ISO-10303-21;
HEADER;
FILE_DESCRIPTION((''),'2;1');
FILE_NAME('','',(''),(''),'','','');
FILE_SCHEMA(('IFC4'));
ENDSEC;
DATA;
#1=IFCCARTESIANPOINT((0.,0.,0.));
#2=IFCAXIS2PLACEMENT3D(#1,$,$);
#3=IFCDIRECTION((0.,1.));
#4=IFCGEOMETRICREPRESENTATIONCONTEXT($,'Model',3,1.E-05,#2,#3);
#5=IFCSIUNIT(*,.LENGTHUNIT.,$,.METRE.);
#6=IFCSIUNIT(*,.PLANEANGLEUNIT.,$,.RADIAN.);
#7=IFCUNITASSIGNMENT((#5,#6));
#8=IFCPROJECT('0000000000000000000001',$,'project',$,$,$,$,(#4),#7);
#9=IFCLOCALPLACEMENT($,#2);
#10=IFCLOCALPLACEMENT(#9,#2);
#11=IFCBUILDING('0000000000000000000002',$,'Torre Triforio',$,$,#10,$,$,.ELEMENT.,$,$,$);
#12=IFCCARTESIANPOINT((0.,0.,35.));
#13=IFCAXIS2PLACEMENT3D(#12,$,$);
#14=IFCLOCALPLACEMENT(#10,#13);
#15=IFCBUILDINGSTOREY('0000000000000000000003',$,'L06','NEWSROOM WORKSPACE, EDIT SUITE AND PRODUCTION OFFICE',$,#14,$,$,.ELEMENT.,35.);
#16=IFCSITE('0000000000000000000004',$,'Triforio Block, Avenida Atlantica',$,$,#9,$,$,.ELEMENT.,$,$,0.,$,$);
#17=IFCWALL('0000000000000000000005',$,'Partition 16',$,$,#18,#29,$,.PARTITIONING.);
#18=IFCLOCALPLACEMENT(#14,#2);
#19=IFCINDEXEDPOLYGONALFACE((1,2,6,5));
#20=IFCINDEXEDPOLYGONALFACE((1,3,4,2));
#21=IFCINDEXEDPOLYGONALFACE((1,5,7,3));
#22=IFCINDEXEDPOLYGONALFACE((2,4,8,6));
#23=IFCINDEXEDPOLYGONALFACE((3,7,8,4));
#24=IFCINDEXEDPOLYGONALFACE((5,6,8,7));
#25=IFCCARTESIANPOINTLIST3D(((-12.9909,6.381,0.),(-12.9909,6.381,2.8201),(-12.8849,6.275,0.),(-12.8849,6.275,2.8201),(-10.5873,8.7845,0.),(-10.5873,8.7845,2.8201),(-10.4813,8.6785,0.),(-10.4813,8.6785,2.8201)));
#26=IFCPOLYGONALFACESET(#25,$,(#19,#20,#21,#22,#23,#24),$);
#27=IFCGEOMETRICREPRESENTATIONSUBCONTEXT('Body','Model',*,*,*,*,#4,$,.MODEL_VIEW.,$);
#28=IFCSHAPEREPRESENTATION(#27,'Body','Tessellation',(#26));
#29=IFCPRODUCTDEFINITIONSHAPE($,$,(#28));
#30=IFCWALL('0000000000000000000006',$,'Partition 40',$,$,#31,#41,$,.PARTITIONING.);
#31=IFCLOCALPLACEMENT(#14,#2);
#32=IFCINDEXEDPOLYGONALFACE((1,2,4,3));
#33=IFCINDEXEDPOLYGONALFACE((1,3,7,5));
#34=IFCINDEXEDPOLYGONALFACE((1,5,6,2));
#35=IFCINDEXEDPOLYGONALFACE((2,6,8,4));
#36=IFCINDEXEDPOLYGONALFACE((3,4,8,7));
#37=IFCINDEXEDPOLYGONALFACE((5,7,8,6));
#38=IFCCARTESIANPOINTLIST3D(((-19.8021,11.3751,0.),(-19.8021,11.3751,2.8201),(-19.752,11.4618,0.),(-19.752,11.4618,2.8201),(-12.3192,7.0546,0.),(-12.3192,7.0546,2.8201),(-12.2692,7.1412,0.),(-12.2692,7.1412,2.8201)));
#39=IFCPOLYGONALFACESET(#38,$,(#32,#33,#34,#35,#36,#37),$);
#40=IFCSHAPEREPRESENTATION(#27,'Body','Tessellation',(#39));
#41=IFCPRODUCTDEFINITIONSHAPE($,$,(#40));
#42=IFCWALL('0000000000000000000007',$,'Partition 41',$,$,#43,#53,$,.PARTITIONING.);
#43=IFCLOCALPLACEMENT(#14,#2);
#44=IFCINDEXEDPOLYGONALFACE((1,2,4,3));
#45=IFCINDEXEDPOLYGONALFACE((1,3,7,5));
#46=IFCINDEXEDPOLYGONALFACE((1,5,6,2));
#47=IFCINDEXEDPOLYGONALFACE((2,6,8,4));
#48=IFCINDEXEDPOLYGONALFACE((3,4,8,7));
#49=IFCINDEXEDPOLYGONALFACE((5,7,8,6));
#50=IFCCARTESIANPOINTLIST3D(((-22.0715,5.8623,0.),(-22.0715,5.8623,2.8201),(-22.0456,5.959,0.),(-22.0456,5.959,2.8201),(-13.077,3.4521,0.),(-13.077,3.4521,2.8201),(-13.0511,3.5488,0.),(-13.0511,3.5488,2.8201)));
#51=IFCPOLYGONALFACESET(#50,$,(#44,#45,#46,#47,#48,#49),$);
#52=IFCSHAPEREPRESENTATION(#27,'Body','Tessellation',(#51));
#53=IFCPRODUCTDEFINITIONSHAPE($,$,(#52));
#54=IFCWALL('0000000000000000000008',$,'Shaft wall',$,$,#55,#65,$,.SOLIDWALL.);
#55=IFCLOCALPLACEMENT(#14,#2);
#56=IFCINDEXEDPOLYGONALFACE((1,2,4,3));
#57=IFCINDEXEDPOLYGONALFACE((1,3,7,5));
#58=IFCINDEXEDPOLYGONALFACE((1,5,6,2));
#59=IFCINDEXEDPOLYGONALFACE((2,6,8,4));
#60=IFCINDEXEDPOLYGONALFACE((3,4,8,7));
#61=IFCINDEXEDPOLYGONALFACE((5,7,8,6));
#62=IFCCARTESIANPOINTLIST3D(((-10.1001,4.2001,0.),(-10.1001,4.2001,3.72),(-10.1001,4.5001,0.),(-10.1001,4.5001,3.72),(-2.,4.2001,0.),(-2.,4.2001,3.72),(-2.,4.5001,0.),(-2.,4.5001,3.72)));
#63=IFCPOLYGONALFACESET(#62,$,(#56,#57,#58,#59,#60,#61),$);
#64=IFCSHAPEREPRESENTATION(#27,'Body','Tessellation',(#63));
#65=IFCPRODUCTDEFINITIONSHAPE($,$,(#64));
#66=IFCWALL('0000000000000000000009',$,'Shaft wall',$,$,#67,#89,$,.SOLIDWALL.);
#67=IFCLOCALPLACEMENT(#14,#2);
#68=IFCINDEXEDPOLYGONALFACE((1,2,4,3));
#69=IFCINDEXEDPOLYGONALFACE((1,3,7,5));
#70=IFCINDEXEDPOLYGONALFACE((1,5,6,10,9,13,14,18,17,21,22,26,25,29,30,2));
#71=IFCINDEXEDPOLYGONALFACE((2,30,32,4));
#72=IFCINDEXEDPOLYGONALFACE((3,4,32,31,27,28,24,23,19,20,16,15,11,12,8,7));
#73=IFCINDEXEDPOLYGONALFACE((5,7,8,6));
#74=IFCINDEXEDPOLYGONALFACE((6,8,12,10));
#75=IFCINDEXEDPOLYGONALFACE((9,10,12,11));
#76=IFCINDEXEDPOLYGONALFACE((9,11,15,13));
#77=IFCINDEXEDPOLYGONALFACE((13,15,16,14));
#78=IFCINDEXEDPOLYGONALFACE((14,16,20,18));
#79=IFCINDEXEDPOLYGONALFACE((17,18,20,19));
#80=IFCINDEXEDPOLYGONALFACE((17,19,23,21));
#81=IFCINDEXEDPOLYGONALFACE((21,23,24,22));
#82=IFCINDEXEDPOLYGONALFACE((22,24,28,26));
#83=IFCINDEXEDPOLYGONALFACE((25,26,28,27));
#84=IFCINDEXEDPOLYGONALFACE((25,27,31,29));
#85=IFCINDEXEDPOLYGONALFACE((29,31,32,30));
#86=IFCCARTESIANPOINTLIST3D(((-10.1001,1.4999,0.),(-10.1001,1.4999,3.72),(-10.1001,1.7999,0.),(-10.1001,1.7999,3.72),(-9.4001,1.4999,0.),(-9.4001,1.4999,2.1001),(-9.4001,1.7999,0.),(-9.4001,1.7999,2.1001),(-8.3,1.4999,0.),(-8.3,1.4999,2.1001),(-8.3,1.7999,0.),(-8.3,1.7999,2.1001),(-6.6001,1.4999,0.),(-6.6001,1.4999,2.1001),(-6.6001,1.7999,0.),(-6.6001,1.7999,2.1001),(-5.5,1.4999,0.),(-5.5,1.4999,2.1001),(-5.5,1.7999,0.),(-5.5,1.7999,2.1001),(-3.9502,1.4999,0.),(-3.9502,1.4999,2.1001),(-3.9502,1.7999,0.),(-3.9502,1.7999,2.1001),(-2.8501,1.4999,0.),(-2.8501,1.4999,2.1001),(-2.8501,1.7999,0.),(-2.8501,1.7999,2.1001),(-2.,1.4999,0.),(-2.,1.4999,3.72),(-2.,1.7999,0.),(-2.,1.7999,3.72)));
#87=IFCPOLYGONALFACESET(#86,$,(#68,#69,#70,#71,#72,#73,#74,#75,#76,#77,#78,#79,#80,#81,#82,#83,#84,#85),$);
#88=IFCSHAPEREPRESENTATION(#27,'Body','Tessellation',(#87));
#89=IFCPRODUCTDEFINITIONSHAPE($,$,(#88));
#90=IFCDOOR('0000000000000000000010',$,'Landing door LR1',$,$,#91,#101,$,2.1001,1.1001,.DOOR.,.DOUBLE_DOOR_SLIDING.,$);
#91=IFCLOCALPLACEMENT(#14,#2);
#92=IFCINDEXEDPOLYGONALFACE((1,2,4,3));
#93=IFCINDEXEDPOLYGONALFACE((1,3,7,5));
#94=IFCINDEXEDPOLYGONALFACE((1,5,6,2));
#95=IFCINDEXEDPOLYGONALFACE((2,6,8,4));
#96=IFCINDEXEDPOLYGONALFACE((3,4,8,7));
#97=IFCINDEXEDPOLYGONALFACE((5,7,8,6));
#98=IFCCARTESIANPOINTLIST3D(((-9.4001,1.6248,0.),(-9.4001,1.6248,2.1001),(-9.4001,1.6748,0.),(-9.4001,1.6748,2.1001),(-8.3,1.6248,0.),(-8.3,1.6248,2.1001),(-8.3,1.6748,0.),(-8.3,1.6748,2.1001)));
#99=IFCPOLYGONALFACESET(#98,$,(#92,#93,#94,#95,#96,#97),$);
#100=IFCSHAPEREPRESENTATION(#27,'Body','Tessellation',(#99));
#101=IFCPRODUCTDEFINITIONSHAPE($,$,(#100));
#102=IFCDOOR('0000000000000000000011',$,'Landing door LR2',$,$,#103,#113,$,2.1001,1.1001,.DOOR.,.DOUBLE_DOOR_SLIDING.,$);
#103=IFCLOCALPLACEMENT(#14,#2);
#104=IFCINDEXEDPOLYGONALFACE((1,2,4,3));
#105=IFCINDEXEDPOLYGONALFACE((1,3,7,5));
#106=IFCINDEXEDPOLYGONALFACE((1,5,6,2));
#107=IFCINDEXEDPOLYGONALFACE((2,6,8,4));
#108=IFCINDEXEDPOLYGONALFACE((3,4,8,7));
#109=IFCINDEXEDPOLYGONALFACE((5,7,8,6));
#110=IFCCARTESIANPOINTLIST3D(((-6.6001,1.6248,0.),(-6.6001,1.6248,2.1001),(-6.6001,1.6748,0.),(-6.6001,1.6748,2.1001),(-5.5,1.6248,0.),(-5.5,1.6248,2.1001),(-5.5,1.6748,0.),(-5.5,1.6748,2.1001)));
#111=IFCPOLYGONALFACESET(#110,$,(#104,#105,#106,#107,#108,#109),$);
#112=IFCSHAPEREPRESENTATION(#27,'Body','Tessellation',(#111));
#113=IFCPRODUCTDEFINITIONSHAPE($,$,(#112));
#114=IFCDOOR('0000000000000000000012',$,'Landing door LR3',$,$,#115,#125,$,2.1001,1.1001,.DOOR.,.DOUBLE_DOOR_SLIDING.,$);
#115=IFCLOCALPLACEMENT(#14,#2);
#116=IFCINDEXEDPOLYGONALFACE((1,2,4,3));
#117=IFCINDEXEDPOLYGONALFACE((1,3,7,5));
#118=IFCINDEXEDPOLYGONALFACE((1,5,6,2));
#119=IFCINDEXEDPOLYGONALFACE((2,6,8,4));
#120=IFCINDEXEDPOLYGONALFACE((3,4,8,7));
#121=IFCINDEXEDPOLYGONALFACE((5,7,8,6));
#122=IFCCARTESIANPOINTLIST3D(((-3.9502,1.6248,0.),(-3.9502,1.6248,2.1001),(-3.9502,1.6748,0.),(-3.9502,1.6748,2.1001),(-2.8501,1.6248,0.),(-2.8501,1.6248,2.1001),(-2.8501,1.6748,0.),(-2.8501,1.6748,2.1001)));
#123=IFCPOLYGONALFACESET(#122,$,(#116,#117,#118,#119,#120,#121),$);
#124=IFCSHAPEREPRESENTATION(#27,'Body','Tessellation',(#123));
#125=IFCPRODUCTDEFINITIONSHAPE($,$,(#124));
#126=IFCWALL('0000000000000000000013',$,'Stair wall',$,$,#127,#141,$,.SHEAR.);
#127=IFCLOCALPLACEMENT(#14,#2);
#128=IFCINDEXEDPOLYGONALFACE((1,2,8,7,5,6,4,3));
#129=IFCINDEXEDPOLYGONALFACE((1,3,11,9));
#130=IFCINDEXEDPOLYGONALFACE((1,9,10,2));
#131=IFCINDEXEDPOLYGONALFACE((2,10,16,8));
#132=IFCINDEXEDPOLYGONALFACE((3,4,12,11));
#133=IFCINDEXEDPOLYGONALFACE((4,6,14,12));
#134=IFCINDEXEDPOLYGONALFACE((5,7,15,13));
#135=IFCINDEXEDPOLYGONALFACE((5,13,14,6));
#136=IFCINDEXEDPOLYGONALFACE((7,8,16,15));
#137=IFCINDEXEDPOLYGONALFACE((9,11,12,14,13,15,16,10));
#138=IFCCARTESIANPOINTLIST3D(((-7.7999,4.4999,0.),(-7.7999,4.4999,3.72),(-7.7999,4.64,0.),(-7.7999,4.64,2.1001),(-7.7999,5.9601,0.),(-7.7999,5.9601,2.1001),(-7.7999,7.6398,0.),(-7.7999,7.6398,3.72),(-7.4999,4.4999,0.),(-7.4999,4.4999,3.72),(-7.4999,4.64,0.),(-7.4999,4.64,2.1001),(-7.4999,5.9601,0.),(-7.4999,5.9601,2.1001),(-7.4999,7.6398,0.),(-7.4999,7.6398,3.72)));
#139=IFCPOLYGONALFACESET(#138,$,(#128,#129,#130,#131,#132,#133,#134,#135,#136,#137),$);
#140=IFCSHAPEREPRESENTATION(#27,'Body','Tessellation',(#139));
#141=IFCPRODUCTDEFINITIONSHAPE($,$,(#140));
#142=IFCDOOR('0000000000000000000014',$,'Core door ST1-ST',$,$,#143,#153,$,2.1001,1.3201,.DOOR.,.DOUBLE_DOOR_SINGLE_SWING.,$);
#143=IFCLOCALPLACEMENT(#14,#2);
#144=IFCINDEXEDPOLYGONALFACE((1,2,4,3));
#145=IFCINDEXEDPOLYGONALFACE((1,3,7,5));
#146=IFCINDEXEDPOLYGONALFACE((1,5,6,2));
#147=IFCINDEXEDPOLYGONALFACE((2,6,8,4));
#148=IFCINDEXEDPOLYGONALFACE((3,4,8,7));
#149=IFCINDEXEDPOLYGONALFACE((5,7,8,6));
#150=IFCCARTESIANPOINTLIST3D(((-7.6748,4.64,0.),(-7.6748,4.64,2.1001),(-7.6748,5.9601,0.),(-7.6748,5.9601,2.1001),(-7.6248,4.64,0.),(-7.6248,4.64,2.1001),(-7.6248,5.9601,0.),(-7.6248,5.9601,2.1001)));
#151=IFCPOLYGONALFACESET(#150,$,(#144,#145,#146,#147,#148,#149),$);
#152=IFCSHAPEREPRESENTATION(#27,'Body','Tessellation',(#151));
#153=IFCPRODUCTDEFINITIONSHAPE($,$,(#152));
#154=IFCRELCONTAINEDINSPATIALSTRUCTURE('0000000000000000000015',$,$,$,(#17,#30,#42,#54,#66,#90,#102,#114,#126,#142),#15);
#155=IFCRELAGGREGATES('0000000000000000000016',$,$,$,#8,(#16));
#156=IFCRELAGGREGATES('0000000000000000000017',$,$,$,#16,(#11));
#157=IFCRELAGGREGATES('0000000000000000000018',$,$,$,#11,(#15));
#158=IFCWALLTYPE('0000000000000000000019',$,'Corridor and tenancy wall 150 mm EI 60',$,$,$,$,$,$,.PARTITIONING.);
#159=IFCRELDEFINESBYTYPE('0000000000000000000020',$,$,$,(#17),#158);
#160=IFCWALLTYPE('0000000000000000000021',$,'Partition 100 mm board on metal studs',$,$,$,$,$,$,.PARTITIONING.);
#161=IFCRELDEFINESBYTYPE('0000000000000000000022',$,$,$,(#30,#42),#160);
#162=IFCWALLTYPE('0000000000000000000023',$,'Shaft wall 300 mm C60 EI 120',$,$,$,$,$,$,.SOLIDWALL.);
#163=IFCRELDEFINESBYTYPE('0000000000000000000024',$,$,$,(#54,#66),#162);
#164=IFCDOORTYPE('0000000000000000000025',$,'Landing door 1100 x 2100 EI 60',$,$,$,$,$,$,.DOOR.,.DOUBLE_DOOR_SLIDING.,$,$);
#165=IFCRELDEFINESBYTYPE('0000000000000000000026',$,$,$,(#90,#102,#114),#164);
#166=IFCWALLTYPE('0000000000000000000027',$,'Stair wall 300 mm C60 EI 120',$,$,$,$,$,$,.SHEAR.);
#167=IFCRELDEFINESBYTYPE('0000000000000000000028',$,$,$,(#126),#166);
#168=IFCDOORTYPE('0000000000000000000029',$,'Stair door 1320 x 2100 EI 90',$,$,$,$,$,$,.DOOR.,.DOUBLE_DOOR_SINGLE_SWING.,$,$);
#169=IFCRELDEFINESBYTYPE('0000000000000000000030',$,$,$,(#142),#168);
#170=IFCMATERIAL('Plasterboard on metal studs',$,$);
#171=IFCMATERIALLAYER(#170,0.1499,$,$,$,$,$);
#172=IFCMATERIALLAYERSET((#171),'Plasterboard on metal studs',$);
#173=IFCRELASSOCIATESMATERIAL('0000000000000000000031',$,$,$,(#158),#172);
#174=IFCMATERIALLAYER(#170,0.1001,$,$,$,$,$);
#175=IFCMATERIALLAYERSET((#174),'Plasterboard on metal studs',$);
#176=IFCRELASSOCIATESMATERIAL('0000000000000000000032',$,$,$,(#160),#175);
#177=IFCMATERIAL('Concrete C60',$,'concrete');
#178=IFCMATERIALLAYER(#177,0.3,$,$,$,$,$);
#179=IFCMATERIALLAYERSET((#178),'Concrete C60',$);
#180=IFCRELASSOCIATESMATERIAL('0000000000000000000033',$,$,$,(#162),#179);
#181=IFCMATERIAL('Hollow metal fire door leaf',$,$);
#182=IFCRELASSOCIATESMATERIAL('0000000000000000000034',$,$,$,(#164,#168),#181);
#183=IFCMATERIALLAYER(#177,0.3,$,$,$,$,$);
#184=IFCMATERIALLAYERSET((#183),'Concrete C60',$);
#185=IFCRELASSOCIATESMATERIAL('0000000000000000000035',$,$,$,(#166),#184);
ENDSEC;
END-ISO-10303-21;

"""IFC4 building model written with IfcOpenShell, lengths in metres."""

from ifc_helpers import new_model, si_unit, direction, frame, frame_2d, origin, place, context, subcontext, project, spatial, rectangle, extrude, material, layer, layer_set, type_object, element, fill, save


model = new_model("IFC4")

# Units and contexts
model_context = context("Model", 3, precision=1e-05, world=origin(), true_north=direction((0.0, 1.0)))
body_context = subcontext(model_context, "Body", "Model", "MODEL_VIEW")
ifc_project = project(units=[si_unit("LENGTHUNIT", "METRE"), si_unit("PLANEANGLEUNIT", "RADIAN")], contexts=[model_context])

# Site, building, storey
site_placement = place(None, origin())
site = spatial("IfcSite", under=ifc_project, at=site_placement, Name="Triforio Block, Avenida Atlantica", CompositionType="ELEMENT", RefElevation=0.0)
building_placement = place(site_placement, origin())
building = spatial("IfcBuilding", under=site, at=building_placement, Name="Torre Triforio", CompositionType="ELEMENT")
storey_placement = place(building_placement, frame((0.0, 0.0, 35.0)))
storey = spatial("IfcBuildingStorey", under=building, at=storey_placement, Name="L06", Description="NEWSROOM WORKSPACE, EDIT SUITE AND PRODUCTION OFFICE", CompositionType="ELEMENT", Elevation=35.0)

# Shared definitions
ifc_material_1 = material(Name="Concrete C60", Category="concrete")
ifc_material_2 = material(Name="Hollow metal fire door leaf")
ifc_material_3 = material(Name="Plasterboard on metal studs")
ifc_layer_1 = layer(ifc_material_3, 0.1499)
ifc_layer_set_1 = layer_set([ifc_layer_1], Name="Plasterboard on metal studs")
wall_type_1 = type_object("IfcWallType", Name="Corridor and tenancy wall 150 mm EI 60", PredefinedType="PARTITIONING", material=ifc_layer_set_1)

# Walls
wall_1_placement = place(storey_placement, frame((-12.938, 6.3279, 0.0), z_axis=(0.0, 0.0, 1.0), x_axis=(0.707107, 0.707107, 0.0)))
element("IfcWall", 1, at=wall_1_placement, inside=storey, type_object=wall_type_1, Name="Partition 16", PredefinedType="PARTITIONING", context=body_context, shape_type="SweptSolid", body=[
    extrude(rectangle(XDim=3.3992, YDim=0.1499, at=frame_2d((1.6997, 0.0))), origin(), (0.0, 0.0, 1.0), 2.8201),
])
ifc_layer_2 = layer(ifc_material_3, 0.1001)
ifc_layer_set_2 = layer_set([ifc_layer_2], Name="Plasterboard on metal studs")
wall_type_2 = type_object("IfcWallType", Name="Partition 100 mm board on metal studs", PredefinedType="PARTITIONING", material=ifc_layer_set_2)
wall_2_placement = place(storey_placement, frame((-12.2942, 7.0979, 0.0), z_axis=(0.0, 0.0, 1.0), x_axis=(-0.866011, 0.500026, 0.0)))
element("IfcWall", 2, at=wall_2_placement, inside=storey, type_object=wall_type_2, Name="Partition 40", PredefinedType="PARTITIONING", context=body_context, shape_type="SweptSolid", body=[
    extrude(rectangle(XDim=8.6406, YDim=0.1001, at=frame_2d((4.3203, 0.0))), origin(), (0.0, 0.0, 1.0), 2.8201),
])
wall_3_placement = place(storey_placement, frame((-13.0642, 3.5005, 0.0), z_axis=(0.0, 0.0, 1.0), x_axis=(-0.965923, 0.258831, 0.0)))
element("IfcWall", 3, at=wall_3_placement, inside=storey, type_object=wall_type_2, Name="Partition 41", PredefinedType="PARTITIONING", context=body_context, shape_type="SweptSolid", body=[
    extrude(rectangle(XDim=9.3118, YDim=0.1001, at=frame_2d((4.6558, 0.0))), origin(), (0.0, 0.0, 1.0), 2.8201),
])
ifc_layer_3 = layer(ifc_material_1, 0.3)
ifc_layer_set_3 = layer_set([ifc_layer_3], Name="Concrete C60")
wall_type_3 = type_object("IfcWallType", Name="Shaft wall 300 mm C60 EI 120", PredefinedType="SOLIDWALL", material=ifc_layer_set_3)
wall_4_placement = place(storey_placement, frame((-10.1001, 4.3501, 0.0), z_axis=(0.0, 0.0, 1.0), x_axis=(1.0, 0.0, 0.0)))
element("IfcWall", 4, at=wall_4_placement, inside=storey, type_object=wall_type_3, Name="Shaft wall", PredefinedType="SOLIDWALL", context=body_context, shape_type="SweptSolid", body=[
    extrude(rectangle(XDim=8.1001, YDim=0.3, at=frame_2d((4.05, 0.0))), origin(), (0.0, 0.0, 1.0), 3.72),
])

# Wall, openings, doors
wall_5_placement = place(storey_placement, frame((-10.1001, 1.6499, 0.0), z_axis=(0.0, 0.0, 1.0), x_axis=(1.0, 0.0, 0.0)))
wall_5 = element("IfcWall", 5, at=wall_5_placement, inside=storey, type_object=wall_type_3, Name="Shaft wall", PredefinedType="SOLIDWALL", context=body_context, shape_type="SweptSolid", body=[
    extrude(rectangle(XDim=8.1001, YDim=0.3, at=frame_2d((4.05, 0.0))), origin(), (0.0, 0.0, 1.0), 3.72),
])
opening_1_placement = place(wall_5_placement, frame((0.7, 0.0, 0.0)))
opening_1 = element("IfcOpeningElement", 6, at=opening_1_placement, cuts=wall_5, PredefinedType="OPENING", context=body_context, shape_type="SweptSolid", body=[
    extrude(rectangle(XDim=1.1001, YDim=2.1001, at=frame_2d((0.55, 1.05))), frame((0.0, 0.1599, 0.0), z_axis=(0.0, -1.0, 0.0), x_axis=(1.0, 0.0, 0.0)), (0.0, 0.0, 1.0), 0.3201),
])
opening_2_placement = place(wall_5_placement, frame((3.5, 0.0, 0.0)))
opening_2 = element("IfcOpeningElement", 7, at=opening_2_placement, cuts=wall_5, PredefinedType="OPENING", context=body_context, shape_type="SweptSolid", body=[
    extrude(rectangle(XDim=1.1001, YDim=2.1001, at=frame_2d((0.55, 1.05))), frame((0.0, 0.1599, 0.0), z_axis=(0.0, -1.0, 0.0), x_axis=(1.0, 0.0, 0.0)), (0.0, 0.0, 1.0), 0.3201),
])
opening_3_placement = place(wall_5_placement, frame((6.1499, 0.0, 0.0)))
opening_3 = element("IfcOpeningElement", 8, at=opening_3_placement, cuts=wall_5, PredefinedType="OPENING", context=body_context, shape_type="SweptSolid", body=[
    extrude(rectangle(XDim=1.1001, YDim=2.1001, at=frame_2d((0.55, 1.05))), frame((0.0, 0.1599, 0.0), z_axis=(0.0, -1.0, 0.0), x_axis=(1.0, 0.0, 0.0)), (0.0, 0.0, 1.0), 0.3201),
])
door_type_1 = type_object("IfcDoorType", Name="Landing door 1100 x 2100 EI 60", OperationType="DOUBLE_DOOR_SLIDING", PredefinedType="DOOR", material=ifc_material_2)
door_1_placement = place(opening_1_placement, origin())
door_1 = element("IfcDoor", 9, at=door_1_placement, inside=storey, type_object=door_type_1, Name="Landing door LR1", OperationType="DOUBLE_DOOR_SLIDING", OverallHeight=2.1001, OverallWidth=1.1001, PredefinedType="DOOR", context=body_context, shape_type="SweptSolid", body=[
    extrude(rectangle(XDim=1.1001, YDim=2.1001, at=frame_2d((0.55, 1.05))), frame((0.0, 0.0249, 0.0), z_axis=(0.0, -1.0, 0.0), x_axis=(1.0, 0.0, 0.0)), (0.0, 0.0, 1.0), 0.05),
])
fill(opening_1, door_1)
door_2_placement = place(opening_2_placement, origin())
door_2 = element("IfcDoor", 10, at=door_2_placement, inside=storey, type_object=door_type_1, Name="Landing door LR2", OperationType="DOUBLE_DOOR_SLIDING", OverallHeight=2.1001, OverallWidth=1.1001, PredefinedType="DOOR", context=body_context, shape_type="SweptSolid", body=[
    extrude(rectangle(XDim=1.1001, YDim=2.1001, at=frame_2d((0.55, 1.05))), frame((0.0, 0.0249, 0.0), z_axis=(0.0, -1.0, 0.0), x_axis=(1.0, 0.0, 0.0)), (0.0, 0.0, 1.0), 0.05),
])
fill(opening_2, door_2)
door_3_placement = place(opening_3_placement, origin())
door_3 = element("IfcDoor", 11, at=door_3_placement, inside=storey, type_object=door_type_1, Name="Landing door LR3", OperationType="DOUBLE_DOOR_SLIDING", OverallHeight=2.1001, OverallWidth=1.1001, PredefinedType="DOOR", context=body_context, shape_type="SweptSolid", body=[
    extrude(rectangle(XDim=1.1001, YDim=2.1001, at=frame_2d((0.55, 1.05))), frame((0.0, 0.0249, 0.0), z_axis=(0.0, -1.0, 0.0), x_axis=(1.0, 0.0, 0.0)), (0.0, 0.0, 1.0), 0.05),
])
fill(opening_3, door_3)

# Wall, opening, door
ifc_layer_4 = layer(ifc_material_1, 0.3)
ifc_layer_set_4 = layer_set([ifc_layer_4], Name="Concrete C60")
wall_type_4 = type_object("IfcWallType", Name="Stair wall 300 mm C60 EI 120", PredefinedType="SHEAR", material=ifc_layer_set_4)
wall_6_placement = place(storey_placement, frame((-7.6499, 4.5, 0.0), z_axis=(0.0, 0.0, 1.0), x_axis=(0.0, 1.0, 0.0)))
wall_6 = element("IfcWall", 12, at=wall_6_placement, inside=storey, type_object=wall_type_4, Name="Stair wall", PredefinedType="SHEAR", context=body_context, shape_type="SweptSolid", body=[
    extrude(rectangle(XDim=3.1399, YDim=0.3, at=frame_2d((1.5698, 0.0))), origin(), (0.0, 0.0, 1.0), 3.72),
])
opening_4_placement = place(wall_6_placement, frame((0.1399, 0.0, 0.0)))
opening_4 = element("IfcOpeningElement", 13, at=opening_4_placement, cuts=wall_6, PredefinedType="OPENING", context=body_context, shape_type="SweptSolid", body=[
    extrude(rectangle(XDim=1.3201, YDim=2.1001, at=frame_2d((0.6602, 1.05))), frame((0.0, 0.1599, 0.0), z_axis=(0.0, -1.0, 0.0), x_axis=(1.0, 0.0, 0.0)), (0.0, 0.0, 1.0), 0.3201),
])
door_type_2 = type_object("IfcDoorType", Name="Stair door 1320 x 2100 EI 90", OperationType="DOUBLE_DOOR_SINGLE_SWING", PredefinedType="DOOR", material=ifc_material_2)
door_4_placement = place(opening_4_placement, origin())
door_4 = element("IfcDoor", 14, at=door_4_placement, inside=storey, type_object=door_type_2, Name="Core door ST1-ST", OperationType="DOUBLE_DOOR_SINGLE_SWING", OverallHeight=2.1001, OverallWidth=1.3201, PredefinedType="DOOR", context=body_context, shape_type="SweptSolid", body=[
    extrude(rectangle(XDim=1.3201, YDim=2.1001, at=frame_2d((0.6602, 1.05))), frame((0.0, 0.0249, 0.0), z_axis=(0.0, -1.0, 0.0), x_axis=(1.0, 0.0, 0.0)), (0.0, 0.0, 1.0), 0.05),
])
fill(opening_4, door_4)

save(model, "model.ifc")
